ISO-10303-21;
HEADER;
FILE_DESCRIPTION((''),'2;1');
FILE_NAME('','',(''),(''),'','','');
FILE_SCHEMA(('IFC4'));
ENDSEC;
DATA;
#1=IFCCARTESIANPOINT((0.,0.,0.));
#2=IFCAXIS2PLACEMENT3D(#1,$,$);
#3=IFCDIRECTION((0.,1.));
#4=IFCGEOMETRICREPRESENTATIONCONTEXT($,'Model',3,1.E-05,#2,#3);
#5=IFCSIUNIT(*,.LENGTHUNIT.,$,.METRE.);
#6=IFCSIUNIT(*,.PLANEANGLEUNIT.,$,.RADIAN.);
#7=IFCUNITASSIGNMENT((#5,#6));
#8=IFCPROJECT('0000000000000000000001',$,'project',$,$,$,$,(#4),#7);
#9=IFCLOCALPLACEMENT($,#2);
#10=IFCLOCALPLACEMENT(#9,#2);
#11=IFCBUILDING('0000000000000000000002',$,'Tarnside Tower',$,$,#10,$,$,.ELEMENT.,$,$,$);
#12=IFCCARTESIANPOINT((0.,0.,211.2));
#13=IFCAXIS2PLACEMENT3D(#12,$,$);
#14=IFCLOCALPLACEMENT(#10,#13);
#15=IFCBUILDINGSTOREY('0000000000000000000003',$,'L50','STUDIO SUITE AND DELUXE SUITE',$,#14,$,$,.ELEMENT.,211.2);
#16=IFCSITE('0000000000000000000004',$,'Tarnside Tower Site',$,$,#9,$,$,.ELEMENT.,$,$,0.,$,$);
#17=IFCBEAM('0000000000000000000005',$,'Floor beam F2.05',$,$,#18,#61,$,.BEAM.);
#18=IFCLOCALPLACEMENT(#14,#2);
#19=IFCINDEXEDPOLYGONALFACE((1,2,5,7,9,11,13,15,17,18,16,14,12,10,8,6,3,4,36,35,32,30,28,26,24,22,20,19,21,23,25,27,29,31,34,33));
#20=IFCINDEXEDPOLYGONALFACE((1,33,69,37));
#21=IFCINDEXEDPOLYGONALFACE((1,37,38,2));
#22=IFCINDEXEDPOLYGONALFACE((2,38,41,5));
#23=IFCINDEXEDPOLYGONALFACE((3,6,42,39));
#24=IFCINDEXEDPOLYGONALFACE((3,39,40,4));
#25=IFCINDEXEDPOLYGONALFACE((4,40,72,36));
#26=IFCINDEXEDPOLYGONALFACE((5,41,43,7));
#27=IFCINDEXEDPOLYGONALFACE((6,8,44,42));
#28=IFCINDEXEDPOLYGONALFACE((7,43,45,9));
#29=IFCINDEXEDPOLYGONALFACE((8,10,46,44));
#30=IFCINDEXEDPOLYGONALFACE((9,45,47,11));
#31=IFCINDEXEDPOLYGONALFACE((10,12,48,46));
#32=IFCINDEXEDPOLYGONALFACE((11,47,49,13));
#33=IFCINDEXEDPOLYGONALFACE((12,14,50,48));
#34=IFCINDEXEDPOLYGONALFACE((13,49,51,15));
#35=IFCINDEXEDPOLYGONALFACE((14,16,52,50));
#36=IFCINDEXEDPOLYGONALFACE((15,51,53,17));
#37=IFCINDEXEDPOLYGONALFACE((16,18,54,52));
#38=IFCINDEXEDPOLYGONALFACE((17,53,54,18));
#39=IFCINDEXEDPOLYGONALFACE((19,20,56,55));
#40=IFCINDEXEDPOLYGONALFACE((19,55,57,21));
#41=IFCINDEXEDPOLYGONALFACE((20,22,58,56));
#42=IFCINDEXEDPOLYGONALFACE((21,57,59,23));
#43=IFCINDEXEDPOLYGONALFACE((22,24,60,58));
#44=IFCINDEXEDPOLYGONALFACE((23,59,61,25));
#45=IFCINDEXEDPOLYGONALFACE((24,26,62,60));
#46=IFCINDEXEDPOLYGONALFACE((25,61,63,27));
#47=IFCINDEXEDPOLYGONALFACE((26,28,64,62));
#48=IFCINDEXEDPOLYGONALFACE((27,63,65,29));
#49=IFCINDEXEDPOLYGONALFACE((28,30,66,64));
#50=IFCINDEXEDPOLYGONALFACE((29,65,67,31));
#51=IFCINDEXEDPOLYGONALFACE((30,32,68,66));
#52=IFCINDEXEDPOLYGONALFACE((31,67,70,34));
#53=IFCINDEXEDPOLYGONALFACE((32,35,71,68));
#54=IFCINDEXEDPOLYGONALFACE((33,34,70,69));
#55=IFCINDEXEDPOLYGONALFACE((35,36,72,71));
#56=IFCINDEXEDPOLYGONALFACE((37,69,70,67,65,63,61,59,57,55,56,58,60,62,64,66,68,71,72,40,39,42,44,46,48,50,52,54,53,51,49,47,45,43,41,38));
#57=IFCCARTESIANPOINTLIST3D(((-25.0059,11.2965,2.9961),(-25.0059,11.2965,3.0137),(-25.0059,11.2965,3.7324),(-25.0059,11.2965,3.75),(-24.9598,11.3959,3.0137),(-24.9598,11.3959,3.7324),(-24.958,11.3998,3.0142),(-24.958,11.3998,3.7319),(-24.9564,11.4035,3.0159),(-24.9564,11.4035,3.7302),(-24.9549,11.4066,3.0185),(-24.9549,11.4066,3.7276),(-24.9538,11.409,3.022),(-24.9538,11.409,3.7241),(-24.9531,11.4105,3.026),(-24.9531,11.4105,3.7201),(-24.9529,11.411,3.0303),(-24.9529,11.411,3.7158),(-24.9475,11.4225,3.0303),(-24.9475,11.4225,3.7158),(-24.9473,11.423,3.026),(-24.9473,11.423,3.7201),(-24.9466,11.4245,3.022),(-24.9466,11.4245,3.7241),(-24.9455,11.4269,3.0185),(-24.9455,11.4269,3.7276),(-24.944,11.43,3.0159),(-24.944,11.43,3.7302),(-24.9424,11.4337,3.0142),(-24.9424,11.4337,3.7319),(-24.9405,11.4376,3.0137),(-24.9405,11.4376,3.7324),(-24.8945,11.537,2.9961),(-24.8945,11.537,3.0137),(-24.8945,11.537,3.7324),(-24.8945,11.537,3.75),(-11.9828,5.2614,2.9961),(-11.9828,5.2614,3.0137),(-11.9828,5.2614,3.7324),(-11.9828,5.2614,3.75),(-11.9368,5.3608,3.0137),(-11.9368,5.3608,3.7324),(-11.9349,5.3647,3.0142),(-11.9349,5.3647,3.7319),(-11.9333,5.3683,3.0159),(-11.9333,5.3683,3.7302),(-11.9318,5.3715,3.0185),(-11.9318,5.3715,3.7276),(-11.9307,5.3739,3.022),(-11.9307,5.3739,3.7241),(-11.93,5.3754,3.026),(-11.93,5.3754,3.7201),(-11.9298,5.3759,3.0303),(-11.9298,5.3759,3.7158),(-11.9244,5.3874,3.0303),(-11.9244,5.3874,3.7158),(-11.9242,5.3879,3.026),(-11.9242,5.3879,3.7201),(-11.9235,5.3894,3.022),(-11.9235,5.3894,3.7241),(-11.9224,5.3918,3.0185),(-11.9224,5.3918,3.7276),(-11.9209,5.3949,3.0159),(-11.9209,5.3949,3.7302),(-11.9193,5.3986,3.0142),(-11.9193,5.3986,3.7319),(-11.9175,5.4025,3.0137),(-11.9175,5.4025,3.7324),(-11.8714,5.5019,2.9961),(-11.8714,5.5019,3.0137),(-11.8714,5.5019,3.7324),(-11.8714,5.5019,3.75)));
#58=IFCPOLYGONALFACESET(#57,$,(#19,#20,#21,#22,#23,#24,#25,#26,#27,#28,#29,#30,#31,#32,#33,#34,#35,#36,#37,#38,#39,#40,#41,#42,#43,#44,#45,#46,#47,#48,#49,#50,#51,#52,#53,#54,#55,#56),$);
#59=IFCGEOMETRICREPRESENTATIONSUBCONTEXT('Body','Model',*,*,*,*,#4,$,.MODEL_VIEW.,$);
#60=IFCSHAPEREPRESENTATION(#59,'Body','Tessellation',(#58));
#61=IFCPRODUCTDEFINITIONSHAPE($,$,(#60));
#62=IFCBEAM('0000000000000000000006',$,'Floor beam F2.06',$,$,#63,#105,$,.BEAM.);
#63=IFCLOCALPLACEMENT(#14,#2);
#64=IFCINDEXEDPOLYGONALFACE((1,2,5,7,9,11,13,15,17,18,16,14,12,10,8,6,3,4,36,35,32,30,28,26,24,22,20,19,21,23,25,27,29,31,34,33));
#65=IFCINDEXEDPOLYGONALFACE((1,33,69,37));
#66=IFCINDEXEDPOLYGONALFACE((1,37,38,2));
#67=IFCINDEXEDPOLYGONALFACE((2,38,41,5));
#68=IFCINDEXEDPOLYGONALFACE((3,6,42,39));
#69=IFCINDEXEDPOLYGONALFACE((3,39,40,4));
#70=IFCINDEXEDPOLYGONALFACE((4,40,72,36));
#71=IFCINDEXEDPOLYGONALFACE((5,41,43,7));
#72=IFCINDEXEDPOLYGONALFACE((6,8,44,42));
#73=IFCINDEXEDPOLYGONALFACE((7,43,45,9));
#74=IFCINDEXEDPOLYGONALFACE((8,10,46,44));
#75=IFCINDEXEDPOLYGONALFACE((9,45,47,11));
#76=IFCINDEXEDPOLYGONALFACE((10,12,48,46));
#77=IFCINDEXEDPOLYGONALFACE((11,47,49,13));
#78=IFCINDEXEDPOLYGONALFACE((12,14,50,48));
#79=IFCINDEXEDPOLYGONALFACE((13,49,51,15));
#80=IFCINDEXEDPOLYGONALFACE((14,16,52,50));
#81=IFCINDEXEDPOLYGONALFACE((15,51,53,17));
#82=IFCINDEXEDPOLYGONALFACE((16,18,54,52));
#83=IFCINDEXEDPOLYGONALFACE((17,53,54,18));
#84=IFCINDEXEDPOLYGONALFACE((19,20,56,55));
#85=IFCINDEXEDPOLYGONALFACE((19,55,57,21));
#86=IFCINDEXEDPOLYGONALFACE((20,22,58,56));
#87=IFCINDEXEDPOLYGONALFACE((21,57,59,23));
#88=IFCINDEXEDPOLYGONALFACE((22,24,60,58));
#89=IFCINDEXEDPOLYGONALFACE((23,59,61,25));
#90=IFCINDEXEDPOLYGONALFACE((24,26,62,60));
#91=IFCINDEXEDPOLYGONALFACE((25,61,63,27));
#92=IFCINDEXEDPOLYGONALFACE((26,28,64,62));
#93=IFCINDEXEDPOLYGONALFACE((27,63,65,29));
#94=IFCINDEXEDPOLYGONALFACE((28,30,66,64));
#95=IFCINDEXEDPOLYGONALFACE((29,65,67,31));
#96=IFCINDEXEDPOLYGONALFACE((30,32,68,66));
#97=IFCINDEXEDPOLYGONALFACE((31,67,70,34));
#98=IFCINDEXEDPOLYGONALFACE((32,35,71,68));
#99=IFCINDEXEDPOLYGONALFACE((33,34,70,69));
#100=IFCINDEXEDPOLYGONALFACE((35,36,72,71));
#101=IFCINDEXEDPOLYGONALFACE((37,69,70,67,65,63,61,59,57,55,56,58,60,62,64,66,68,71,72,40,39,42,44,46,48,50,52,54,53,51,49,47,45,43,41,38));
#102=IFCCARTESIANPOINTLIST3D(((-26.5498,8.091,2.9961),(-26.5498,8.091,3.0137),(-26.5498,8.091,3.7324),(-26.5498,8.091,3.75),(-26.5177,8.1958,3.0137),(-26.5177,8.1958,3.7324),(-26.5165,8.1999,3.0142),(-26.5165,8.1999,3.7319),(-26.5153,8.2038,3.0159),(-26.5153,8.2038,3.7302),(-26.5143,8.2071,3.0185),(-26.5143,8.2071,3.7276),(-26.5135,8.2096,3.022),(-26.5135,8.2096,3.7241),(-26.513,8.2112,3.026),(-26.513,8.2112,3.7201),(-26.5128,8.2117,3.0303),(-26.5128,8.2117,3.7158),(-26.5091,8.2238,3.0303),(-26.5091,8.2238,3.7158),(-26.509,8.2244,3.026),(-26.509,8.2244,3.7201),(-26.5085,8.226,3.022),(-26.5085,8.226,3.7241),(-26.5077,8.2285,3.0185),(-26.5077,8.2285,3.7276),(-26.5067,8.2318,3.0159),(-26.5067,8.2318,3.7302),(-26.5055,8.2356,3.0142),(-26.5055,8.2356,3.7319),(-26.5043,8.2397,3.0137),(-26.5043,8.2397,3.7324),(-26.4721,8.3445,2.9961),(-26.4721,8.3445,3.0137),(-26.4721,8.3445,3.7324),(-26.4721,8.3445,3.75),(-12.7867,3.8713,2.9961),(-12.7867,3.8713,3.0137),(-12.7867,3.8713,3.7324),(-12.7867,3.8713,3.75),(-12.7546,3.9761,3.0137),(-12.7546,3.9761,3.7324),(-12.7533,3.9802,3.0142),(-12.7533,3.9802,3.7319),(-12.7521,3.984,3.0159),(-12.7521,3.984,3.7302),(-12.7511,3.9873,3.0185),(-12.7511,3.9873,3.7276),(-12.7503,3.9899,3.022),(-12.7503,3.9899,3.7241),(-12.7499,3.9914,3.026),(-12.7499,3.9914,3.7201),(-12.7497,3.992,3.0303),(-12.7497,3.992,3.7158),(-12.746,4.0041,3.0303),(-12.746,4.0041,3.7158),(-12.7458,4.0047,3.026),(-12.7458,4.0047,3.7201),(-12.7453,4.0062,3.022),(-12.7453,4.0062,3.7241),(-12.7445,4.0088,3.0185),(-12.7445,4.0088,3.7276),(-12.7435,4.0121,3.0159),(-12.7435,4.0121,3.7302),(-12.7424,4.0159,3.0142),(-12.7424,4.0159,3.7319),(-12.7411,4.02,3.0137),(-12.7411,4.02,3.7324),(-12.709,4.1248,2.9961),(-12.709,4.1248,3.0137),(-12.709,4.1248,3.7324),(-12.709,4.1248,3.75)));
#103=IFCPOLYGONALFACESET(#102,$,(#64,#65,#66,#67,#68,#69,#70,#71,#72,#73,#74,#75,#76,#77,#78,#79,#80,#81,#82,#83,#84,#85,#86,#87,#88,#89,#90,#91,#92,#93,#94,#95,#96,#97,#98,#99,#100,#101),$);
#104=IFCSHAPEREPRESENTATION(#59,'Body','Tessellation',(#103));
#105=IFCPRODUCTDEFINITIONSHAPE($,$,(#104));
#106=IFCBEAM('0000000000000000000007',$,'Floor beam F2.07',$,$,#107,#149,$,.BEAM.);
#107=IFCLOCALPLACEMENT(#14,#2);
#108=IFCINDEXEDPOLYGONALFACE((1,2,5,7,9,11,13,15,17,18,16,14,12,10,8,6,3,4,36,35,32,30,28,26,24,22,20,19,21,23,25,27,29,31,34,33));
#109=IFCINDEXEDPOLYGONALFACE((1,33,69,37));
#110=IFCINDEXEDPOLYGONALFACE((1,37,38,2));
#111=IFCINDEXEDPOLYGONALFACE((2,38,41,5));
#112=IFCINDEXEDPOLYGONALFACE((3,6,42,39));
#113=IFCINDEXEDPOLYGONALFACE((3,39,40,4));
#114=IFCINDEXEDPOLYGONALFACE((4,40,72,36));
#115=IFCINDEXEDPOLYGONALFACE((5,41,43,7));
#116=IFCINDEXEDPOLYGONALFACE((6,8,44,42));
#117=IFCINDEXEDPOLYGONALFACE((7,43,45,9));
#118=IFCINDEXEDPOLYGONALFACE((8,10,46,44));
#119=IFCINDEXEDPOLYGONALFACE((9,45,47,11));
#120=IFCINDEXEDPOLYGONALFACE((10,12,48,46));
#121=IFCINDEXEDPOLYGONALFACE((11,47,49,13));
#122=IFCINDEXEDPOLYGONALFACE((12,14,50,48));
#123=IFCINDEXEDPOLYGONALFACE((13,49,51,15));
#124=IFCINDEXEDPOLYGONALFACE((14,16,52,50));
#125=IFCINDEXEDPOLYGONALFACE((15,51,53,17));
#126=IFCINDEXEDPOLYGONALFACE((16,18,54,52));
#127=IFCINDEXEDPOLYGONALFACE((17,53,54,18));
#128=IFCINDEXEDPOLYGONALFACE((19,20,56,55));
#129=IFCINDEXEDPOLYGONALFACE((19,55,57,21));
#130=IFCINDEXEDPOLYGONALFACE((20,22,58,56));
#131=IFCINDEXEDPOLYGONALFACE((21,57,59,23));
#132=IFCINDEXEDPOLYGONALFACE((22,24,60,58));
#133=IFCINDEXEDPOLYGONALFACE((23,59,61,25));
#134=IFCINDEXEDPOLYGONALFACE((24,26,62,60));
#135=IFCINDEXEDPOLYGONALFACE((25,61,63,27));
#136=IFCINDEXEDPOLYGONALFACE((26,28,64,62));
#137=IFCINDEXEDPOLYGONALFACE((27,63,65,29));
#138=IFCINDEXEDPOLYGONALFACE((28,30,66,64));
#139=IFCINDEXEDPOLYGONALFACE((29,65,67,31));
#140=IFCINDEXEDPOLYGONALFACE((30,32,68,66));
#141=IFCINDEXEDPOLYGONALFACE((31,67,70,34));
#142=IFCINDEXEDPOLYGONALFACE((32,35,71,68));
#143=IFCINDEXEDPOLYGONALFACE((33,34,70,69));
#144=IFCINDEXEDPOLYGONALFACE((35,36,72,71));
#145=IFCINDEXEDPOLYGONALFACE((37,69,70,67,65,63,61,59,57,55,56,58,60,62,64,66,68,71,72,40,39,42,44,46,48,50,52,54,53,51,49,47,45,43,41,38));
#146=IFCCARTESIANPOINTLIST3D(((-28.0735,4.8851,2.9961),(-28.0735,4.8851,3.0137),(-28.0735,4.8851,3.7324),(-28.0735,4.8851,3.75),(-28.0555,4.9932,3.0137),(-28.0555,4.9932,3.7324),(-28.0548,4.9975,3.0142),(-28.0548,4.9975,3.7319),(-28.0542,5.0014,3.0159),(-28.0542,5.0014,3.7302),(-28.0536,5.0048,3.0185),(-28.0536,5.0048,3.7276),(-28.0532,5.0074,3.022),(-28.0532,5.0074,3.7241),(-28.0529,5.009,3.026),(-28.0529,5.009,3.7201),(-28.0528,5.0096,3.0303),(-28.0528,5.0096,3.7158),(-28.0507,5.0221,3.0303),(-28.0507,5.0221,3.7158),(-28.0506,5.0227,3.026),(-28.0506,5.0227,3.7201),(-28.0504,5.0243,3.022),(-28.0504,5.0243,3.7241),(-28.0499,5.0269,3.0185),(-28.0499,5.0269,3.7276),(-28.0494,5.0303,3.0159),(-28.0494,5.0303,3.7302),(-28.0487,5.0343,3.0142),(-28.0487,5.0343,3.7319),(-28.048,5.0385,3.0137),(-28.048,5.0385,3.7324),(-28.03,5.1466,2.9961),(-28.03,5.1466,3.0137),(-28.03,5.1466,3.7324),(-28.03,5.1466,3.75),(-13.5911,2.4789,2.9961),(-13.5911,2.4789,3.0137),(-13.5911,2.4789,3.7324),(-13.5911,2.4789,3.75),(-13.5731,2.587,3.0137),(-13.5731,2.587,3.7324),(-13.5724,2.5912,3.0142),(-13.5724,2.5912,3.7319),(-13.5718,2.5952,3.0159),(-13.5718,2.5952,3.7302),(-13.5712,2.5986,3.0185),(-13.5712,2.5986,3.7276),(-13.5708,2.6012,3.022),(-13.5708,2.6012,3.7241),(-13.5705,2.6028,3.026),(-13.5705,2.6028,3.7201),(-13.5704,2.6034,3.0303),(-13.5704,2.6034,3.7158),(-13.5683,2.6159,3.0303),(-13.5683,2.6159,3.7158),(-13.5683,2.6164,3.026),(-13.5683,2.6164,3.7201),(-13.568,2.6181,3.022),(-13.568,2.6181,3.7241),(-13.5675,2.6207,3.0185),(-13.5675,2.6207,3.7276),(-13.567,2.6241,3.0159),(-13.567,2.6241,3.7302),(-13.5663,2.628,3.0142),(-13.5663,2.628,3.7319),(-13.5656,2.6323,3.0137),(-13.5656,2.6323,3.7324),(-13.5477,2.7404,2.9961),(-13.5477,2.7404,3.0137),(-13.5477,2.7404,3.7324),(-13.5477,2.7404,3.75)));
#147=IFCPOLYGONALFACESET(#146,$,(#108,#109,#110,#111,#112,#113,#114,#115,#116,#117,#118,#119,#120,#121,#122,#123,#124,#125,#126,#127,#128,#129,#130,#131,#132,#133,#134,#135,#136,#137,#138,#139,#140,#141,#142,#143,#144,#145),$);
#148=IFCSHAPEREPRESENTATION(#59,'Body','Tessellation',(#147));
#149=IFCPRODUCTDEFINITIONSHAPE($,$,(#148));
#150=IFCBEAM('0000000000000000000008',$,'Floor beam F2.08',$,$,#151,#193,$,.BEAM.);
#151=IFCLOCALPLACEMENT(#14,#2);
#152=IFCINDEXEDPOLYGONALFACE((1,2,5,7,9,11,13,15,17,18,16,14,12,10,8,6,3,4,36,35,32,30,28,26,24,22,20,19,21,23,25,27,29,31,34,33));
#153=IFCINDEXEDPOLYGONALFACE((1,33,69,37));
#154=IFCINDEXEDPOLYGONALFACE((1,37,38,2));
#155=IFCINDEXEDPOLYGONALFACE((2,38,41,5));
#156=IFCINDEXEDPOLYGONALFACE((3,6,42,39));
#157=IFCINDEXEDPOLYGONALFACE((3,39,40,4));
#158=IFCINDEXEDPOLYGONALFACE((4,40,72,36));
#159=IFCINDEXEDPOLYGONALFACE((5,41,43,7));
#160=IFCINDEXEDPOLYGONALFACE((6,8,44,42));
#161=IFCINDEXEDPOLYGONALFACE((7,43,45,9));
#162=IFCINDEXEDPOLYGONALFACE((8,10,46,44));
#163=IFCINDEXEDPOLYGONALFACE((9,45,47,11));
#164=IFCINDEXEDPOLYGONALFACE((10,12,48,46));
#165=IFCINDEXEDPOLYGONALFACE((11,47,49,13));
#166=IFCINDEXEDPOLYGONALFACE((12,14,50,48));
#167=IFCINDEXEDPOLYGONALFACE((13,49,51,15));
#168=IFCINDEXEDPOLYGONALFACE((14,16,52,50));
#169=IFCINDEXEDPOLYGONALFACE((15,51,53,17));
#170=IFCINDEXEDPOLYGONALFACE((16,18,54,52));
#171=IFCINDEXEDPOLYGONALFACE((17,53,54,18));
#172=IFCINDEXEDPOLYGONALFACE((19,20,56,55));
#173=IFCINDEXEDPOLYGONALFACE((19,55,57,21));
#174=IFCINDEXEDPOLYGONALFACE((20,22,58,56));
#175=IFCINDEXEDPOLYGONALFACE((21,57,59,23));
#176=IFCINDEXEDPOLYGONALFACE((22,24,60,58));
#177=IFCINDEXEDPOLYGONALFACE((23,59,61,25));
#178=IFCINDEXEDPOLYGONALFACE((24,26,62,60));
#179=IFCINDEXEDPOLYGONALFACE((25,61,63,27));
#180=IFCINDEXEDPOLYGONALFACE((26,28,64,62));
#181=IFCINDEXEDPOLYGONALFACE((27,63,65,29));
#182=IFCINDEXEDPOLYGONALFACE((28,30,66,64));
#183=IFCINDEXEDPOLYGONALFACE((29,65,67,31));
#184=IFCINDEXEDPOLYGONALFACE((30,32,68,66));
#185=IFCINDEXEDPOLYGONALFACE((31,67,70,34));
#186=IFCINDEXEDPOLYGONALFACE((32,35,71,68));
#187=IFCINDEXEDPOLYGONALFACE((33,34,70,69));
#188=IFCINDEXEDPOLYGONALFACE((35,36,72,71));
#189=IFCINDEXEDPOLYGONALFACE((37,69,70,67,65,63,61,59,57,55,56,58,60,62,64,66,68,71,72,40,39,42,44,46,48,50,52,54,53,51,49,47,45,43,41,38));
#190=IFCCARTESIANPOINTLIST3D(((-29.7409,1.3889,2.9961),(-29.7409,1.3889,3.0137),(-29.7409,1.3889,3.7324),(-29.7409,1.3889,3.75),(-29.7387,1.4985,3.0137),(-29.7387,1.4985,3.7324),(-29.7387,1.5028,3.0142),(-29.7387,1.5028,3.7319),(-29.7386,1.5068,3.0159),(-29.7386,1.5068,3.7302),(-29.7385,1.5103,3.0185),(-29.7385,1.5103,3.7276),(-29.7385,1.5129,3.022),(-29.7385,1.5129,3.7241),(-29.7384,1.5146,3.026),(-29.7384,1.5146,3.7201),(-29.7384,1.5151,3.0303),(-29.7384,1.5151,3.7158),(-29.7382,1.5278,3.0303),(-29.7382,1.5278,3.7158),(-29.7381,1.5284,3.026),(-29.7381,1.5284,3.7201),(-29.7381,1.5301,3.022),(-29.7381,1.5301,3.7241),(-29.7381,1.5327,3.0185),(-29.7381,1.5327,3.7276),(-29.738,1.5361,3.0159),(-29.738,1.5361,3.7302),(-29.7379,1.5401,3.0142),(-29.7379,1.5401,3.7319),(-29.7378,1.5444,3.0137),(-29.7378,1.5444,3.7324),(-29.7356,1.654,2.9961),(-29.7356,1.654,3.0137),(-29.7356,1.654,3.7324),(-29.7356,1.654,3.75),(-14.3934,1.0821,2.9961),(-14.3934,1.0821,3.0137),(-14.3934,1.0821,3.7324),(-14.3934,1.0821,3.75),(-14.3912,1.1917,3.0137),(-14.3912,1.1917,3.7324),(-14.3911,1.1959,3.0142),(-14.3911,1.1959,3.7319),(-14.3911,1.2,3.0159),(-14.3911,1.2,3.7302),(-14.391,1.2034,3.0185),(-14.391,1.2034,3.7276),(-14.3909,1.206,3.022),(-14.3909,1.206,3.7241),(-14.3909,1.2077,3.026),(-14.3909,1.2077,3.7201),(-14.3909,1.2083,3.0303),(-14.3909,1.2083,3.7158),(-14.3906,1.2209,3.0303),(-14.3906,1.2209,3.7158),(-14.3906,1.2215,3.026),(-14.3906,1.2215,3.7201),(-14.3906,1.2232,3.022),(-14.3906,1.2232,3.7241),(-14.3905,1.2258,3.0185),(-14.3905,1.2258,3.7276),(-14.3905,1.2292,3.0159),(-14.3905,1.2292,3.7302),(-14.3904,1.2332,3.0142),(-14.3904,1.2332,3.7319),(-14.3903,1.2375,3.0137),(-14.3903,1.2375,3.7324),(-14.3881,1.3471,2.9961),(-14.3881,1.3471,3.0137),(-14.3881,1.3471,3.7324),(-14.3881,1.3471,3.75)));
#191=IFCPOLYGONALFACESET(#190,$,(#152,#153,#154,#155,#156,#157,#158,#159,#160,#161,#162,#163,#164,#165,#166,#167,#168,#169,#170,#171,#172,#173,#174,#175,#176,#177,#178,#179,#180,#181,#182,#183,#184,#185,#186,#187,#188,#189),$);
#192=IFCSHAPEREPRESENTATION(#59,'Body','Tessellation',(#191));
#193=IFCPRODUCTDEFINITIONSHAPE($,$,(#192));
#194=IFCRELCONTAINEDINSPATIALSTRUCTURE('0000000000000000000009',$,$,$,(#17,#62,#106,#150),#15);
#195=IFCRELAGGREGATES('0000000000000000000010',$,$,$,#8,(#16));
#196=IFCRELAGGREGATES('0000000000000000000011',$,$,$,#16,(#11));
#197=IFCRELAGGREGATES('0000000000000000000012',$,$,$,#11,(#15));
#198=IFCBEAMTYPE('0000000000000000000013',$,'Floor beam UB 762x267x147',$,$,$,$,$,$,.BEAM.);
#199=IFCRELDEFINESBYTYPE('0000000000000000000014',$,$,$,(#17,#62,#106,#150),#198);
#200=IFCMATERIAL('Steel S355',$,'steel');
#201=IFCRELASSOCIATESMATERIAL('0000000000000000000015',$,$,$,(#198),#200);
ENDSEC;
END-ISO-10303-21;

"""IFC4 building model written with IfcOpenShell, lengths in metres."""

from ifc_helpers import new_model, si_unit, direction, frame, origin, origin_2d, place, context, subcontext, project, spatial, i_section, extrude, material, material_profile, profile_set, type_object, element, save


model = new_model("IFC4")

# Units and contexts
model_context = context("Model", 3, precision=1e-05, world=origin(), true_north=direction((0.0, 1.0)))
body_context = subcontext(model_context, "Body", "Model", "MODEL_VIEW")
ifc_project = project(units=[si_unit("LENGTHUNIT", "METRE"), si_unit("PLANEANGLEUNIT", "RADIAN")], contexts=[model_context])

# Site, building, storey
site_placement = place(None, origin())
site = spatial("IfcSite", under=ifc_project, at=site_placement, Name="Tarnside Tower Site", CompositionType="ELEMENT", RefElevation=0.0)
building_placement = place(site_placement, origin())
building = spatial("IfcBuilding", under=site, at=building_placement, Name="Tarnside Tower", CompositionType="ELEMENT")
storey_placement = place(building_placement, frame((0.0, 0.0, 211.2)))
storey = spatial("IfcBuildingStorey", under=building, at=storey_placement, Name="L50", Description="STUDIO SUITE AND DELUXE SUITE", CompositionType="ELEMENT", Elevation=211.2)

# Beams
ifc_material_1 = material(Name="Steel S355", Category="steel")
ifc_material_profile = material_profile(ifc_material_1, i_section(OverallWidth=0.2651, OverallDepth=0.7539, WebThickness=0.0127, FlangeThickness=0.0176, FilletRadius=0.0166, at=origin_2d()), Name="UB 762x267x147")
ifc_profile_set = profile_set([ifc_material_profile], Name="Steel S355")
beam_type = type_object("IfcBeamType", Name="Floor beam UB 762x267x147", PredefinedType="BEAM", material=ifc_profile_set)
beam_1_placement = place(storey_placement, frame((-24.9502, 11.4167, 3.373), z_axis=(0.90731, -0.420462, 0.0), x_axis=(0.420462, 0.90731, 0.0)))
element("IfcBeam", 1, at=beam_1_placement, inside=storey, type_object=beam_type, Name="Floor beam F2.05", PredefinedType="BEAM", context=body_context, shape_type="SweptSolid", body=[
    extrude(i_section(OverallWidth=0.2651, OverallDepth=0.7539, WebThickness=0.0127, FlangeThickness=0.0176, FilletRadius=0.0166, at=origin_2d()), origin(), (0.0, 0.0, 1.0), 14.3535),
])
beam_2_placement = place(storey_placement, frame((-26.511, 8.2178, 3.373), z_axis=(0.956073, -0.293128, 0.0), x_axis=(0.293128, 0.956073, 0.0)))
element("IfcBeam", 2, at=beam_2_placement, inside=storey, type_object=beam_type, Name="Floor beam F2.06", PredefinedType="BEAM", context=body_context, shape_type="SweptSolid", body=[
    extrude(i_section(OverallWidth=0.2651, OverallDepth=0.7539, WebThickness=0.0127, FlangeThickness=0.0176, FilletRadius=0.0166, at=origin_2d()), origin(), (0.0, 0.0, 1.0), 14.3955),
])
beam_3_placement = place(storey_placement, frame((-28.0518, 5.0159, 3.373), z_axis=(0.986476, -0.163903, 0.0), x_axis=(0.163903, 0.986476, 0.0)))
element("IfcBeam", 3, at=beam_3_placement, inside=storey, type_object=beam_type, Name="Floor beam F2.07", PredefinedType="BEAM", context=body_context, shape_type="SweptSolid", body=[
    extrude(i_section(OverallWidth=0.2651, OverallDepth=0.7539, WebThickness=0.0127, FlangeThickness=0.0176, FilletRadius=0.0166, at=origin_2d()), origin(), (0.0, 0.0, 1.0), 14.6809),
])
beam_4_placement = place(storey_placement, frame((-29.7383, 1.5215, 3.373), z_axis=(0.9998, -0.019992, 0.0), x_axis=(0.019992, 0.9998, 0.0)))
element("IfcBeam", 4, at=beam_4_placement, inside=storey, type_object=beam_type, Name="Floor beam F2.08", PredefinedType="BEAM", context=body_context, shape_type="SweptSolid", body=[
    extrude(i_section(OverallWidth=0.2651, OverallDepth=0.7539, WebThickness=0.0127, FlangeThickness=0.0176, FilletRadius=0.0166, at=origin_2d()), origin(), (0.0, 0.0, 1.0), 15.3506),
])

save(model, "model.ifc")
